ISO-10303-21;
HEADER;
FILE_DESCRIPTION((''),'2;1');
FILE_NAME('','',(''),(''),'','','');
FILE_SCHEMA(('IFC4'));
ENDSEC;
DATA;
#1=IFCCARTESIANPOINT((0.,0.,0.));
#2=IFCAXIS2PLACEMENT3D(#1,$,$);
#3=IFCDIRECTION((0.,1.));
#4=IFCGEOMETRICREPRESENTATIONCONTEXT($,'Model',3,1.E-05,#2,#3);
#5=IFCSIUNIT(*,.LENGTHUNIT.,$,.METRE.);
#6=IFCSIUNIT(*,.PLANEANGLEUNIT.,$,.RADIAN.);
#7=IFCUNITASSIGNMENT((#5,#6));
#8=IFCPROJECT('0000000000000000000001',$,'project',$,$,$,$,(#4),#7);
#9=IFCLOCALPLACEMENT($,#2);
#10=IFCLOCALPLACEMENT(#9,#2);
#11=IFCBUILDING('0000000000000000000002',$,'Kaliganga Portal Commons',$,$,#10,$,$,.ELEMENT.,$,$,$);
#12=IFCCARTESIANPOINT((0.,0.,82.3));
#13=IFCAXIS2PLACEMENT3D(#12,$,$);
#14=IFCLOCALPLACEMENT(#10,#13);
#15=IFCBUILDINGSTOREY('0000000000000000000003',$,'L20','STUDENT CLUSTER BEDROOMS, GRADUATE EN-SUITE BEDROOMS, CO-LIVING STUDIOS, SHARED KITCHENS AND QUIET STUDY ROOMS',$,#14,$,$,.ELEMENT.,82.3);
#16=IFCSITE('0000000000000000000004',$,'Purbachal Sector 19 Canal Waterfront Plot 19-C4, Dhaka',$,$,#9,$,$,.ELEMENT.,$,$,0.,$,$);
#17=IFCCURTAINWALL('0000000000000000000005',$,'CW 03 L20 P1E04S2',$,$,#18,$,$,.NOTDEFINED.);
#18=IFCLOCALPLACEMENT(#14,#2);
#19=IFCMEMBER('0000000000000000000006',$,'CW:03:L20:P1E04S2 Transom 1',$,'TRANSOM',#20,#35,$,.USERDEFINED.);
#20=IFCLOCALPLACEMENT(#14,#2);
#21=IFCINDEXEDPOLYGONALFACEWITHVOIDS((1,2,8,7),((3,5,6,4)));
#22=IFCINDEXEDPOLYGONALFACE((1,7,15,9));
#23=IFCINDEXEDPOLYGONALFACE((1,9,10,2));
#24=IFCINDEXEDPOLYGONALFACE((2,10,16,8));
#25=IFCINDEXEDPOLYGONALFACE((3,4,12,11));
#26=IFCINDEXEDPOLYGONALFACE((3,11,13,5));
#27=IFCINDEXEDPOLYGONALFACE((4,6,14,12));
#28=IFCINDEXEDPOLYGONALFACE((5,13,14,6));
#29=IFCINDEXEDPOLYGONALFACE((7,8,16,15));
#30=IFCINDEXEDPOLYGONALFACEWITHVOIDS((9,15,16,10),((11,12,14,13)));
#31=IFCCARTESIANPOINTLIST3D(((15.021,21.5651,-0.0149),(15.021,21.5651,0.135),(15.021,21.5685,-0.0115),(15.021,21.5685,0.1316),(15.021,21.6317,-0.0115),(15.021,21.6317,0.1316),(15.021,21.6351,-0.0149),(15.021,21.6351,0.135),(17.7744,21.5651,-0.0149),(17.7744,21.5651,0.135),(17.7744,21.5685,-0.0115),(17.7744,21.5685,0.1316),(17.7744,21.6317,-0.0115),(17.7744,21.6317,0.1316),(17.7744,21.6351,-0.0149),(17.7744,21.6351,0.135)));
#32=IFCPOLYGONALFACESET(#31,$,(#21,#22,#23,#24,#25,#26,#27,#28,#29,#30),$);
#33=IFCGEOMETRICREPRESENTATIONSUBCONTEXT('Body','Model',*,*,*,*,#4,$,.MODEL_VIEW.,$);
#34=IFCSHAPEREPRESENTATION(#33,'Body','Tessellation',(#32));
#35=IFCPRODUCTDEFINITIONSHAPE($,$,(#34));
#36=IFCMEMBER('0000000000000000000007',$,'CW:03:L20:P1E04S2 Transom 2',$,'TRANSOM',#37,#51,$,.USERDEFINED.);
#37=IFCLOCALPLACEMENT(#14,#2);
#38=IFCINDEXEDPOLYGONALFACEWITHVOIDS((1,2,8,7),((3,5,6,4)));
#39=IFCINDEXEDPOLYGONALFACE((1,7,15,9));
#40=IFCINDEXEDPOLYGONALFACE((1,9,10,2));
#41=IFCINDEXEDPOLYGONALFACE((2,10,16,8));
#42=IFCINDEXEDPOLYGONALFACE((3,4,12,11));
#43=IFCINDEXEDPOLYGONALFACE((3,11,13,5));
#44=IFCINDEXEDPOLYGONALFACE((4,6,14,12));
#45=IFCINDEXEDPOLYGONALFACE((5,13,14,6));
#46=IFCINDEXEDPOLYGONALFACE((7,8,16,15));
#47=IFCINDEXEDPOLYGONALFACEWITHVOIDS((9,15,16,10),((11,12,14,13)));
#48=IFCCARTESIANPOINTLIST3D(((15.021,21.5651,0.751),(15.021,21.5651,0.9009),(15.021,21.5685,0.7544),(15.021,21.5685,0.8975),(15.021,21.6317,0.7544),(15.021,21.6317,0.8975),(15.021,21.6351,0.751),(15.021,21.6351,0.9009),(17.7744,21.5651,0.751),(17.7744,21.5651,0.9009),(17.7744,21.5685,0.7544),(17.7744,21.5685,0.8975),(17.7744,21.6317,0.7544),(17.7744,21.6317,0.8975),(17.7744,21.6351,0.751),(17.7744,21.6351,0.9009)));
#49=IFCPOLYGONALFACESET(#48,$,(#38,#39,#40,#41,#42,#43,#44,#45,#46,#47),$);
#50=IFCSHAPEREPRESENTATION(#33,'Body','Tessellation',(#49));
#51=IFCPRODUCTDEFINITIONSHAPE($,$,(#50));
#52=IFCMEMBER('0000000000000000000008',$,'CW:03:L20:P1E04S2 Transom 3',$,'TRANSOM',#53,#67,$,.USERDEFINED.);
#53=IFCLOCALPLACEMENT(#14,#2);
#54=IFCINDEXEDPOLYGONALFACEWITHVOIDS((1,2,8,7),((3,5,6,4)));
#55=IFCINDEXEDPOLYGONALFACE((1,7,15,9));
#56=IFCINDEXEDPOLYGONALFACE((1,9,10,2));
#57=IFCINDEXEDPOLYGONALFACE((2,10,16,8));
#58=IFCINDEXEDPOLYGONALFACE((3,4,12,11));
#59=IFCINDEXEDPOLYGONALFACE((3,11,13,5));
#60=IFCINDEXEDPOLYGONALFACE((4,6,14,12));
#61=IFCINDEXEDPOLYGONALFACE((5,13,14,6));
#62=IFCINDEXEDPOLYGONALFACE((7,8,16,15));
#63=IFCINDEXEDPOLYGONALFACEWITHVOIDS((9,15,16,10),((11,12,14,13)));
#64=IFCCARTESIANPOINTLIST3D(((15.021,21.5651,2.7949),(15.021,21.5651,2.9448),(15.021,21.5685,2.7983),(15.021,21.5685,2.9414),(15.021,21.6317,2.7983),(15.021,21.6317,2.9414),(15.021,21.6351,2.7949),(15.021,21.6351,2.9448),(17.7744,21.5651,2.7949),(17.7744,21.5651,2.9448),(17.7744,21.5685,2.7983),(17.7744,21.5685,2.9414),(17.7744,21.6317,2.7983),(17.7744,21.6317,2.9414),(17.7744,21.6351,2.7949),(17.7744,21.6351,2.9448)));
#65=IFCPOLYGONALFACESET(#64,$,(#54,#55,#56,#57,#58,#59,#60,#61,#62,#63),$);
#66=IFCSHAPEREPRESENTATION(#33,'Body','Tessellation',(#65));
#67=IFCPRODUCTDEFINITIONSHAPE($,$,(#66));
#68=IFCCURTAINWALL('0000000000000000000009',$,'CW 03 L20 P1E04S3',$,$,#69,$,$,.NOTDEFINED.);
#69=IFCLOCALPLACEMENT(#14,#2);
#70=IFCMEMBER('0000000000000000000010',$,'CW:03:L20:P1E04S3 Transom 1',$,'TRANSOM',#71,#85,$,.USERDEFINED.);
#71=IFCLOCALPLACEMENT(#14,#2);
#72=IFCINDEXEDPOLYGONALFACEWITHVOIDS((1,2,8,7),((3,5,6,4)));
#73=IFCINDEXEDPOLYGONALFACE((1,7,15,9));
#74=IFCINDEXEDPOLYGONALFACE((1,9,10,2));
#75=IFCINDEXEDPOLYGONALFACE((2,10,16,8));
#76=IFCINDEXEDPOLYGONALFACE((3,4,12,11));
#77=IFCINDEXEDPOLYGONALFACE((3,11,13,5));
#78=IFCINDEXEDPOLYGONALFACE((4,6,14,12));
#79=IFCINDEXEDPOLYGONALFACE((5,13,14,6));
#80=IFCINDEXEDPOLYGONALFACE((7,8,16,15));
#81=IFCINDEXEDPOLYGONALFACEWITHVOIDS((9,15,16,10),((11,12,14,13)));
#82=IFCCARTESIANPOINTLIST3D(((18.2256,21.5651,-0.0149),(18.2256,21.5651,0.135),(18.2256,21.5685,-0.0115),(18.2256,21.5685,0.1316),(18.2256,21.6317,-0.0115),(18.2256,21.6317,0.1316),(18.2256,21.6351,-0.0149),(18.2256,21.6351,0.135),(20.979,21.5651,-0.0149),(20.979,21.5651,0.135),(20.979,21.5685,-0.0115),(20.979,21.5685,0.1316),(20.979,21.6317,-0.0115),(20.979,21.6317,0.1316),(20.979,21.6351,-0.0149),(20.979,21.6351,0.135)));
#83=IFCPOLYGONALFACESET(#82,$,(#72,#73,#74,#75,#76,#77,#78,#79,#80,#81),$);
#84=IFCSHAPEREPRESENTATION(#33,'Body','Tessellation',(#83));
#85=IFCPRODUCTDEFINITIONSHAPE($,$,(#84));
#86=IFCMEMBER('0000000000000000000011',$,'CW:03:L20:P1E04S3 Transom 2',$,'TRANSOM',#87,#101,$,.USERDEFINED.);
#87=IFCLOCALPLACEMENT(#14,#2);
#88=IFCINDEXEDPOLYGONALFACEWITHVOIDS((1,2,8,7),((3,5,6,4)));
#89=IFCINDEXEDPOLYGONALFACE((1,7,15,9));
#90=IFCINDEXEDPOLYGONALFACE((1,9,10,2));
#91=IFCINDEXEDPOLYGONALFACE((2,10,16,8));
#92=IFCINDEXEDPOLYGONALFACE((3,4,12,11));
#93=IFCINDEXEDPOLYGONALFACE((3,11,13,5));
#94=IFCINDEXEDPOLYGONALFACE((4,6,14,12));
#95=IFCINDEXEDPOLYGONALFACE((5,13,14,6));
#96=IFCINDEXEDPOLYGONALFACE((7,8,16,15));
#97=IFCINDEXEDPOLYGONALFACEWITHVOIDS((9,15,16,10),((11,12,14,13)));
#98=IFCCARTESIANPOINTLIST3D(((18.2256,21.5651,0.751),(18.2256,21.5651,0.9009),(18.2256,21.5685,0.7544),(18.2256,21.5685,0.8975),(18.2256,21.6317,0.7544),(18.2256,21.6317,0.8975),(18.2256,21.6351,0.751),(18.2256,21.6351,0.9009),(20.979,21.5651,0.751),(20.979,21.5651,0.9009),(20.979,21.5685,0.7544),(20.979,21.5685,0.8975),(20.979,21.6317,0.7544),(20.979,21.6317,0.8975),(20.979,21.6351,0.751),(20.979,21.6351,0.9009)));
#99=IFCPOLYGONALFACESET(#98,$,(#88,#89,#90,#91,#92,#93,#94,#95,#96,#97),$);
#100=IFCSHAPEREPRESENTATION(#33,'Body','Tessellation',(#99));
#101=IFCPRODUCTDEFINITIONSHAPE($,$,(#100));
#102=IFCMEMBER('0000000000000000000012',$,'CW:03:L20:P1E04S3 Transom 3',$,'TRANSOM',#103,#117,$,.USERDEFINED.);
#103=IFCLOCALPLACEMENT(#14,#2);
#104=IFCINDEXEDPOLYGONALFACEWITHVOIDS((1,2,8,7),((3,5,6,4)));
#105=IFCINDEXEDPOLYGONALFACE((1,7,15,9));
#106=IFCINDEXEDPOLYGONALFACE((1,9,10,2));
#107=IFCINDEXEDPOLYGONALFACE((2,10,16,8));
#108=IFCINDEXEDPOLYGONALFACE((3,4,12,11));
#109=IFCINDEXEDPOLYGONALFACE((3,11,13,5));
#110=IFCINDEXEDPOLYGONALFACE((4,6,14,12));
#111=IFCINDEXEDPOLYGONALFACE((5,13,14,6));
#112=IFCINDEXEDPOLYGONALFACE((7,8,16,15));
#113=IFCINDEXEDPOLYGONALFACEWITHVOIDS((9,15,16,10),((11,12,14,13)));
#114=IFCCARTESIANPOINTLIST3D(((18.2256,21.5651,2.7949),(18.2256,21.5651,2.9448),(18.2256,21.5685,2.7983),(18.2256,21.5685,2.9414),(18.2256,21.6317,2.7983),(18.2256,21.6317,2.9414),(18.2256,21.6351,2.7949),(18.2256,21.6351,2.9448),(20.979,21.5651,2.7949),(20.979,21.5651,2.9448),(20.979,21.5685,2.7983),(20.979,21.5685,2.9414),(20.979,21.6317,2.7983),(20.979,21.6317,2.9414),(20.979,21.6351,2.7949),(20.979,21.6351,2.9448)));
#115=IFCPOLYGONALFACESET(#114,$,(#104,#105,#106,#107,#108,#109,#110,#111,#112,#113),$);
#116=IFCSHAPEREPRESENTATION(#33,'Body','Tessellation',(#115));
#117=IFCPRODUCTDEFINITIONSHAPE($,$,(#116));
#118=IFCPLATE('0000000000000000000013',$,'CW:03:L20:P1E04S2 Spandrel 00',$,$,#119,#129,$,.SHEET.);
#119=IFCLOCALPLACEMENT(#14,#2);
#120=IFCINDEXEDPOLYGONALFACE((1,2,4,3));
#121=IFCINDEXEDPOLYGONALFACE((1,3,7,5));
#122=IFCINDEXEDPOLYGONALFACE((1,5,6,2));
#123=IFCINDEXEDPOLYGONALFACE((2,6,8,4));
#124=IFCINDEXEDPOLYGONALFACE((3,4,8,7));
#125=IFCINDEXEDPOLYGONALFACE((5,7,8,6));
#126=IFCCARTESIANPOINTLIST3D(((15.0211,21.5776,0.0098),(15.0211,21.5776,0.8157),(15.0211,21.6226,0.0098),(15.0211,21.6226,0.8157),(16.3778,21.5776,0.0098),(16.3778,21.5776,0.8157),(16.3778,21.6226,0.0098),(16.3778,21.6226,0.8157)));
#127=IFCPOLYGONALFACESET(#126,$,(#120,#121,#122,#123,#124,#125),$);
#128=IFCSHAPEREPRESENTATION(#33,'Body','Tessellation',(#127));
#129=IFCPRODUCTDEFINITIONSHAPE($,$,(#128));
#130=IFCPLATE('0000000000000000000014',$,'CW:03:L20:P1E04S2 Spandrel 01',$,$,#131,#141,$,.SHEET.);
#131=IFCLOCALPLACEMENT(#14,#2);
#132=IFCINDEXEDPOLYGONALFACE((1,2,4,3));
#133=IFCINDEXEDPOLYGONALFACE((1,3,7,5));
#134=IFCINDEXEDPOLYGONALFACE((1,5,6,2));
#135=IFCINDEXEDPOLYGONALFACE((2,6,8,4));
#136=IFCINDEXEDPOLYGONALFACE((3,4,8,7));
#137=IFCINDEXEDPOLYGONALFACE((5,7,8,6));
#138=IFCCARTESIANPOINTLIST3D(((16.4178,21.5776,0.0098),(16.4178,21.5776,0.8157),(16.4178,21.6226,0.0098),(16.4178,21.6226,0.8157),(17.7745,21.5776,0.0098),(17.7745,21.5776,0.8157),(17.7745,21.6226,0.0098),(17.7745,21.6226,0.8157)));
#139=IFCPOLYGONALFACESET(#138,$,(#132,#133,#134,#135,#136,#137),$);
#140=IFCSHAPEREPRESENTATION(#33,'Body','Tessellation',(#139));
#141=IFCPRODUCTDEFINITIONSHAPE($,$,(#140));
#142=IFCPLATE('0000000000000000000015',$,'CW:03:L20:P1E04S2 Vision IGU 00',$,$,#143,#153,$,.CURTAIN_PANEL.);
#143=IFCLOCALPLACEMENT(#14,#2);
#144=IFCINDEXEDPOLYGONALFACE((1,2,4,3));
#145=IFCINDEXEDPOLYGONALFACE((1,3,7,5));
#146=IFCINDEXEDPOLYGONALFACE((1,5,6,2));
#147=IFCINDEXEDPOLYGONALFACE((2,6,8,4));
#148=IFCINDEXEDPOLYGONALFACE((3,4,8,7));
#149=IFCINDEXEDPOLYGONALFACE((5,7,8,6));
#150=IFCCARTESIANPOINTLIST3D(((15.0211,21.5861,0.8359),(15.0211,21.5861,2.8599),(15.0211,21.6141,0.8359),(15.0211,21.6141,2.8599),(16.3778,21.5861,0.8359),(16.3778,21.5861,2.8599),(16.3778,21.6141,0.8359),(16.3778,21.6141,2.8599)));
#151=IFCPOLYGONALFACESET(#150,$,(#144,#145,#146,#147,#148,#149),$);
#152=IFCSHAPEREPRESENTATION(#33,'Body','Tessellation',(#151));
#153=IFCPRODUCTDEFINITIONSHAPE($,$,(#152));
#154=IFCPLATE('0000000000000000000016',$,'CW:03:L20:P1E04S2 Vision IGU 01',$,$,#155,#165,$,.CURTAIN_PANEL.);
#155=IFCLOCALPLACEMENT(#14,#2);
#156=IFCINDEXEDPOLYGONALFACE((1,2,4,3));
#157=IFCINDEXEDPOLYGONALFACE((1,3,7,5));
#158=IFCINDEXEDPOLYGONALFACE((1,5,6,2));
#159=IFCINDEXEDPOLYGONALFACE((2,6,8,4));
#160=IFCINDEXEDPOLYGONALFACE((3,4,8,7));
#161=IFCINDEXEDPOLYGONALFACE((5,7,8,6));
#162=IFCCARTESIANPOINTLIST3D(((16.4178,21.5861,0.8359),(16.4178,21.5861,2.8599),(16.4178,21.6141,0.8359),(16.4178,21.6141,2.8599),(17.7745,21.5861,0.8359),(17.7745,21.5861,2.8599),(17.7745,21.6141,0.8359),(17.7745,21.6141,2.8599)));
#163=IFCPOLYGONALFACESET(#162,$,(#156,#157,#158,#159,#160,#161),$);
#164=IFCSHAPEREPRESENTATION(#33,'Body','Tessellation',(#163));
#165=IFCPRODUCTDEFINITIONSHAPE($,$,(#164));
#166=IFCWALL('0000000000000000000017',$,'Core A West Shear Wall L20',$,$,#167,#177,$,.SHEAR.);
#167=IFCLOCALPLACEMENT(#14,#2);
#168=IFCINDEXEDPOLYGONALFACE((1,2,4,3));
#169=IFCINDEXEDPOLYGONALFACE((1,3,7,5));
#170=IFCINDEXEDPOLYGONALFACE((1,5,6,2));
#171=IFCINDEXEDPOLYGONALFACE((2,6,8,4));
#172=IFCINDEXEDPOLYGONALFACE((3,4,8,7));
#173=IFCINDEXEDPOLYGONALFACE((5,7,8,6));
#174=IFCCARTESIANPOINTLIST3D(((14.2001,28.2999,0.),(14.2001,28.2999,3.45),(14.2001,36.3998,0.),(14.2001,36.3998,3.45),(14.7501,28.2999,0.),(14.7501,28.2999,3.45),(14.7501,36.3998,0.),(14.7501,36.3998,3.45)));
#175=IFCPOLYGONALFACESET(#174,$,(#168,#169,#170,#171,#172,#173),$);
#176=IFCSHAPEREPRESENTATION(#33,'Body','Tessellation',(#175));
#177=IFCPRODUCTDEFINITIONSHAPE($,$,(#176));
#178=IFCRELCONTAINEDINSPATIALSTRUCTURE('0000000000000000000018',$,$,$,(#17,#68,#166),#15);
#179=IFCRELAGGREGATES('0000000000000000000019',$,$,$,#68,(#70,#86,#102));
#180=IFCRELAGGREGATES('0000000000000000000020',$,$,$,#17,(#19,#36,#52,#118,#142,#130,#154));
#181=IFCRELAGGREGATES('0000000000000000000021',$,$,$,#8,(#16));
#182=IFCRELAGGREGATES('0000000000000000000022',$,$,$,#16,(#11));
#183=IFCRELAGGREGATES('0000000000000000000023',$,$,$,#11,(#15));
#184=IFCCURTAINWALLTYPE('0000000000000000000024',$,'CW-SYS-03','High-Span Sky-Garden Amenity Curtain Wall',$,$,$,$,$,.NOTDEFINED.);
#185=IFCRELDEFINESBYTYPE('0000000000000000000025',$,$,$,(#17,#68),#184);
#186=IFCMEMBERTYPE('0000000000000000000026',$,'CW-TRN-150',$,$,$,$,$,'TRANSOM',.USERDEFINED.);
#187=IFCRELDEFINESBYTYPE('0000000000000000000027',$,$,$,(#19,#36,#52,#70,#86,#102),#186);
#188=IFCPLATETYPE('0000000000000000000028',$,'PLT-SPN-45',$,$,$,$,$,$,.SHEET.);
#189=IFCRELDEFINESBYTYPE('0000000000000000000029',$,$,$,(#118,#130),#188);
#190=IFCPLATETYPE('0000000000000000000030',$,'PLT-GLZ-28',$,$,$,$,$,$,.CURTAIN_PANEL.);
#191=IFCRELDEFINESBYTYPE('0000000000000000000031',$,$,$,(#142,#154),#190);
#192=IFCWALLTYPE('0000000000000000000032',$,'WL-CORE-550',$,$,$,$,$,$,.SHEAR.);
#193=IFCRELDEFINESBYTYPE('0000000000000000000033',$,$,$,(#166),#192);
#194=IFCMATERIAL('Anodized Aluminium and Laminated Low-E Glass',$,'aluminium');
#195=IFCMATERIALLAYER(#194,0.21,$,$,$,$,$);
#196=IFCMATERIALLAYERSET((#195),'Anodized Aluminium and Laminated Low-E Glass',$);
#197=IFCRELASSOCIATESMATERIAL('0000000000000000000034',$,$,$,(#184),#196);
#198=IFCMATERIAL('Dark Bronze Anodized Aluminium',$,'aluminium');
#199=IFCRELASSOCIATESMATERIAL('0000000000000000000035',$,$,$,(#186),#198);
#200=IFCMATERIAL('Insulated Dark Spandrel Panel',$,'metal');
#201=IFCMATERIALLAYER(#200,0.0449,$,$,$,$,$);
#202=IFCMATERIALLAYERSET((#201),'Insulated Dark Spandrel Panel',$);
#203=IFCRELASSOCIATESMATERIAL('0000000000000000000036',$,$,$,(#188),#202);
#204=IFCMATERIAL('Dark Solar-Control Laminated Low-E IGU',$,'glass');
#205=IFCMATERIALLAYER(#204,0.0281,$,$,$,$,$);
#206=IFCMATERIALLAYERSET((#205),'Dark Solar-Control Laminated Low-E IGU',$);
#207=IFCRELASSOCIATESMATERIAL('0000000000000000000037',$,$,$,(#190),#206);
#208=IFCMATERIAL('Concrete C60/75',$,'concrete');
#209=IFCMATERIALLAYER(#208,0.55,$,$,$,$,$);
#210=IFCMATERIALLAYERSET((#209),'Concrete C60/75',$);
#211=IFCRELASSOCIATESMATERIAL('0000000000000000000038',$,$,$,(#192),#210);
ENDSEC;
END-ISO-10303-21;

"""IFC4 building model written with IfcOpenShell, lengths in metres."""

from ifc_helpers import new_model, si_unit, direction, frame, frame_2d, origin, origin_2d, place, context, subcontext, project, spatial, rectangle, hollow_rectangle, extrude, source, transform, mapped, material, layer, layer_set, material_profile, profile_set, type_object, element, aggregate, save


model = new_model("IFC4")

# Units and contexts
model_context = context("Model", 3, precision=1e-05, world=origin(), true_north=direction((0.0, 1.0)))
body_context = subcontext(model_context, "Body", "Model", "MODEL_VIEW")
ifc_project = project(units=[si_unit("LENGTHUNIT", "METRE"), si_unit("PLANEANGLEUNIT", "RADIAN")], contexts=[model_context])

# Site, building, storey
site_placement = place(None, origin())
site = spatial("IfcSite", under=ifc_project, at=site_placement, Name="Purbachal Sector 19 Canal Waterfront Plot 19-C4, Dhaka", CompositionType="ELEMENT", RefElevation=0.0)
building_placement = place(site_placement, origin())
building = spatial("IfcBuilding", under=site, at=building_placement, Name="Kaliganga Portal Commons", CompositionType="ELEMENT")
storey_placement = place(building_placement, frame((0.0, 0.0, 82.3)))
storey = spatial("IfcBuildingStorey", under=building, at=storey_placement, Name="L20", Description="STUDENT CLUSTER BEDROOMS, GRADUATE EN-SUITE BEDROOMS, CO-LIVING STUDIOS, SHARED KITCHENS AND QUIET STUDY ROOMS", CompositionType="ELEMENT", Elevation=82.3)

# Shared definitions
ifc_material_1 = material(Name="Concrete C60/75", Category="concrete")

# Shared definitions
ifc_material_2 = material(Name="Anodized Aluminium and Laminated Low-E Glass", Category="aluminium")
ifc_layer_1 = layer(ifc_material_2, 0.21)
ifc_layer_set_1 = layer_set([ifc_layer_1], Name="Anodized Aluminium and Laminated Low-E Glass")
curtain_wall_type = type_object("IfcCurtainWallType", Name="CW-SYS-03", Description="High-Span Sky-Garden Amenity Curtain Wall", PredefinedType="NOTDEFINED", material=ifc_layer_set_1)
ifc_material_3 = material(Name="Dark Bronze Anodized Aluminium", Category="aluminium")

# Curtain walls, members
curtain_wall_1_placement = place(storey_placement, origin())
curtain_wall_1 = element("IfcCurtainWall", 1, at=curtain_wall_1_placement, inside=storey, type_object=curtain_wall_type, Name="CW 03 L20 P1E04S2", PredefinedType="NOTDEFINED")
ifc_material_profile_1 = material_profile(ifc_material_3, hollow_rectangle(XDim=0.0701, YDim=0.1499, WallThickness=0.0034, at=origin_2d()), Name="ALU TRAN 70x150x3.5")
ifc_profile_set_1 = profile_set([ifc_material_profile_1], Name="Dark Bronze Anodized Aluminium")
member_type_1 = type_object("IfcMemberType", Name="CW-TRN-150", ElementType="TRANSOM", PredefinedType="USERDEFINED", material=ifc_profile_set_1)
shared_shape_1 = source(origin(), body_context, "Body", "SweptSolid", [
    extrude(hollow_rectangle(XDim=0.0701, YDim=0.1499, WallThickness=0.0034, at=origin_2d()), origin(), (0.0, 0.0, 1.0), 2.7534),
])
member_1_placement = place(storey_placement, frame((15.021, 21.6001, 0.0601), z_axis=(1.0, 0.0, 0.0), x_axis=(0.0, 1.0, 0.0)))
member_1 = element("IfcMember", 2, at=member_1_placement, type_object=member_type_1, Name="CW:03:L20:P1E04S2 Transom 1", ObjectType="TRANSOM", PredefinedType="USERDEFINED", context=body_context, shape_type="MappedRepresentation", body=[
    mapped(shared_shape_1, transform((0.0, 0.0, 0.0), x_axis=(1.0, 0.0, 0.0), y_axis=(0.0, 1.0, 0.0), z_axis=(0.0, 0.0, 1.0), scale=1.0)),
])
member_2_placement = place(storey_placement, frame((15.021, 21.6001, 0.8259), z_axis=(1.0, 0.0, 0.0), x_axis=(0.0, 1.0, 0.0)))
member_2 = element("IfcMember", 3, at=member_2_placement, type_object=member_type_1, Name="CW:03:L20:P1E04S2 Transom 2", ObjectType="TRANSOM", PredefinedType="USERDEFINED", context=body_context, shape_type="MappedRepresentation", body=[
    mapped(shared_shape_1, transform((0.0, 0.0, 0.0), x_axis=(1.0, 0.0, 0.0), y_axis=(0.0, 1.0, 0.0), z_axis=(0.0, 0.0, 1.0), scale=1.0)),
])
member_3_placement = place(storey_placement, frame((15.021, 21.6001, 2.8699), z_axis=(1.0, 0.0, 0.0), x_axis=(0.0, 1.0, 0.0)))
member_3 = element("IfcMember", 4, at=member_3_placement, type_object=member_type_1, Name="CW:03:L20:P1E04S2 Transom 3", ObjectType="TRANSOM", PredefinedType="USERDEFINED", context=body_context, shape_type="MappedRepresentation", body=[
    mapped(shared_shape_1, transform((0.0, 0.0, 0.0), x_axis=(1.0, 0.0, 0.0), y_axis=(0.0, 1.0, 0.0), z_axis=(0.0, 0.0, 1.0), scale=1.0)),
])
curtain_wall_2_placement = place(storey_placement, origin())
curtain_wall_2 = element("IfcCurtainWall", 5, at=curtain_wall_2_placement, inside=storey, type_object=curtain_wall_type, Name="CW 03 L20 P1E04S3", PredefinedType="NOTDEFINED")
member_4_placement = place(storey_placement, frame((18.2256, 21.6001, 0.0601), z_axis=(1.0, 0.0, 0.0), x_axis=(0.0, 1.0, 0.0)))
member_4 = element("IfcMember", 6, at=member_4_placement, type_object=member_type_1, Name="CW:03:L20:P1E04S3 Transom 1", ObjectType="TRANSOM", PredefinedType="USERDEFINED", context=body_context, shape_type="MappedRepresentation", body=[
    mapped(shared_shape_1, transform((0.0, 0.0, 0.0), x_axis=(1.0, 0.0, 0.0), y_axis=(0.0, 1.0, 0.0), z_axis=(0.0, 0.0, 1.0), scale=1.0)),
])
member_5_placement = place(storey_placement, frame((18.2256, 21.6001, 0.8259), z_axis=(1.0, 0.0, 0.0), x_axis=(0.0, 1.0, 0.0)))
member_5 = element("IfcMember", 7, at=member_5_placement, type_object=member_type_1, Name="CW:03:L20:P1E04S3 Transom 2", ObjectType="TRANSOM", PredefinedType="USERDEFINED", context=body_context, shape_type="MappedRepresentation", body=[
    mapped(shared_shape_1, transform((0.0, 0.0, 0.0), x_axis=(1.0, 0.0, 0.0), y_axis=(0.0, 1.0, 0.0), z_axis=(0.0, 0.0, 1.0), scale=1.0)),
])
member_6_placement = place(storey_placement, frame((18.2256, 21.6001, 2.8699), z_axis=(1.0, 0.0, 0.0), x_axis=(0.0, 1.0, 0.0)))
member_6 = element("IfcMember", 8, at=member_6_placement, type_object=member_type_1, Name="CW:03:L20:P1E04S3 Transom 3", ObjectType="TRANSOM", PredefinedType="USERDEFINED", context=body_context, shape_type="MappedRepresentation", body=[
    mapped(shared_shape_1, transform((0.0, 0.0, 0.0), x_axis=(1.0, 0.0, 0.0), y_axis=(0.0, 1.0, 0.0), z_axis=(0.0, 0.0, 1.0), scale=1.0)),
])
aggregate(curtain_wall_2, [member_4, member_5, member_6])

# Plates
ifc_material_4 = material(Name="Insulated Dark Spandrel Panel", Category="metal")
ifc_layer_2 = layer(ifc_material_4, 0.0449)
ifc_layer_set_2 = layer_set([ifc_layer_2], Name="Insulated Dark Spandrel Panel")
plate_type_1 = type_object("IfcPlateType", Name="PLT-SPN-45", PredefinedType="SHEET", material=ifc_layer_set_2)
shared_shape_2 = source(origin(), body_context, "Body", "SweptSolid", [
    extrude(rectangle(XDim=1.3567, YDim=0.0449, at=origin_2d()), origin(), (0.0, 0.0, 1.0), 0.8059),
])
plate_1_placement = place(storey_placement, frame((15.6995, 21.6001, 0.0098), z_axis=(0.0, 0.0, 1.0), x_axis=(1.0, 0.0, 0.0)))
plate_1 = element("IfcPlate", 9, at=plate_1_placement, type_object=plate_type_1, Name="CW:03:L20:P1E04S2 Spandrel 00", PredefinedType="SHEET", context=body_context, shape_type="MappedRepresentation", body=[
    mapped(shared_shape_2, transform((0.0, 0.0, 0.0), x_axis=(1.0, 0.0, 0.0), y_axis=(0.0, 1.0, 0.0), z_axis=(0.0, 0.0, 1.0), scale=1.0)),
])
plate_2_placement = place(storey_placement, frame((17.0962, 21.6001, 0.0098), z_axis=(0.0, 0.0, 1.0), x_axis=(1.0, 0.0, 0.0)))
plate_2 = element("IfcPlate", 10, at=plate_2_placement, type_object=plate_type_1, Name="CW:03:L20:P1E04S2 Spandrel 01", PredefinedType="SHEET", context=body_context, shape_type="MappedRepresentation", body=[
    mapped(shared_shape_2, transform((0.0, 0.0, 0.0), x_axis=(1.0, 0.0, 0.0), y_axis=(0.0, 1.0, 0.0), z_axis=(0.0, 0.0, 1.0), scale=1.0)),
])
ifc_material_5 = material(Name="Dark Solar-Control Laminated Low-E IGU", Category="glass")
ifc_layer_3 = layer(ifc_material_5, 0.0281)
ifc_layer_set_3 = layer_set([ifc_layer_3], Name="Dark Solar-Control Laminated Low-E IGU")
plate_type_2 = type_object("IfcPlateType", Name="PLT-GLZ-28", PredefinedType="CURTAIN_PANEL", material=ifc_layer_set_3)
shared_shape_3 = source(origin(), body_context, "Body", "SweptSolid", [
    extrude(rectangle(XDim=1.3567, YDim=0.0281, at=origin_2d()), origin(), (0.0, 0.0, 1.0), 2.0239),
])
plate_3_placement = place(storey_placement, frame((15.6995, 21.6001, 0.8359), z_axis=(0.0, 0.0, 1.0), x_axis=(1.0, 0.0, 0.0)))
plate_3 = element("IfcPlate", 11, at=plate_3_placement, type_object=plate_type_2, Name="CW:03:L20:P1E04S2 Vision IGU 00", PredefinedType="CURTAIN_PANEL", context=body_context, shape_type="MappedRepresentation", body=[
    mapped(shared_shape_3, transform((0.0, 0.0, 0.0), x_axis=(1.0, 0.0, 0.0), y_axis=(0.0, 1.0, 0.0), z_axis=(0.0, 0.0, 1.0), scale=1.0)),
])
plate_4_placement = place(storey_placement, frame((17.0962, 21.6001, 0.8359), z_axis=(0.0, 0.0, 1.0), x_axis=(1.0, 0.0, 0.0)))
plate_4 = element("IfcPlate", 12, at=plate_4_placement, type_object=plate_type_2, Name="CW:03:L20:P1E04S2 Vision IGU 01", PredefinedType="CURTAIN_PANEL", context=body_context, shape_type="MappedRepresentation", body=[
    mapped(shared_shape_3, transform((0.0, 0.0, 0.0), x_axis=(1.0, 0.0, 0.0), y_axis=(0.0, 1.0, 0.0), z_axis=(0.0, 0.0, 1.0), scale=1.0)),
])
aggregate(curtain_wall_1, [member_1, member_2, member_3, plate_1, plate_3, plate_2, plate_4])

# Wall
ifc_layer_4 = layer(ifc_material_1, 0.55)
ifc_layer_set_4 = layer_set([ifc_layer_4], Name="Concrete C60/75")
wall_type_1 = type_object("IfcWallType", Name="WL-CORE-550", PredefinedType="SHEAR", material=ifc_layer_set_4)
wall_1_placement = place(storey_placement, frame((14.4751, 28.3, 0.0), z_axis=(0.0, 0.0, 1.0), x_axis=(0.0, 1.0, 0.0)))
element("IfcWall", 13, at=wall_1_placement, inside=storey, type_object=wall_type_1, Name="Core A West Shear Wall L20", PredefinedType="SHEAR", context=body_context, shape_type="SweptSolid", body=[
    extrude(rectangle(XDim=8.0999, YDim=0.55, at=frame_2d((4.0498, 0.0))), origin(), (0.0, 0.0, 1.0), 3.45),
])

save(model, "model.ifc")
